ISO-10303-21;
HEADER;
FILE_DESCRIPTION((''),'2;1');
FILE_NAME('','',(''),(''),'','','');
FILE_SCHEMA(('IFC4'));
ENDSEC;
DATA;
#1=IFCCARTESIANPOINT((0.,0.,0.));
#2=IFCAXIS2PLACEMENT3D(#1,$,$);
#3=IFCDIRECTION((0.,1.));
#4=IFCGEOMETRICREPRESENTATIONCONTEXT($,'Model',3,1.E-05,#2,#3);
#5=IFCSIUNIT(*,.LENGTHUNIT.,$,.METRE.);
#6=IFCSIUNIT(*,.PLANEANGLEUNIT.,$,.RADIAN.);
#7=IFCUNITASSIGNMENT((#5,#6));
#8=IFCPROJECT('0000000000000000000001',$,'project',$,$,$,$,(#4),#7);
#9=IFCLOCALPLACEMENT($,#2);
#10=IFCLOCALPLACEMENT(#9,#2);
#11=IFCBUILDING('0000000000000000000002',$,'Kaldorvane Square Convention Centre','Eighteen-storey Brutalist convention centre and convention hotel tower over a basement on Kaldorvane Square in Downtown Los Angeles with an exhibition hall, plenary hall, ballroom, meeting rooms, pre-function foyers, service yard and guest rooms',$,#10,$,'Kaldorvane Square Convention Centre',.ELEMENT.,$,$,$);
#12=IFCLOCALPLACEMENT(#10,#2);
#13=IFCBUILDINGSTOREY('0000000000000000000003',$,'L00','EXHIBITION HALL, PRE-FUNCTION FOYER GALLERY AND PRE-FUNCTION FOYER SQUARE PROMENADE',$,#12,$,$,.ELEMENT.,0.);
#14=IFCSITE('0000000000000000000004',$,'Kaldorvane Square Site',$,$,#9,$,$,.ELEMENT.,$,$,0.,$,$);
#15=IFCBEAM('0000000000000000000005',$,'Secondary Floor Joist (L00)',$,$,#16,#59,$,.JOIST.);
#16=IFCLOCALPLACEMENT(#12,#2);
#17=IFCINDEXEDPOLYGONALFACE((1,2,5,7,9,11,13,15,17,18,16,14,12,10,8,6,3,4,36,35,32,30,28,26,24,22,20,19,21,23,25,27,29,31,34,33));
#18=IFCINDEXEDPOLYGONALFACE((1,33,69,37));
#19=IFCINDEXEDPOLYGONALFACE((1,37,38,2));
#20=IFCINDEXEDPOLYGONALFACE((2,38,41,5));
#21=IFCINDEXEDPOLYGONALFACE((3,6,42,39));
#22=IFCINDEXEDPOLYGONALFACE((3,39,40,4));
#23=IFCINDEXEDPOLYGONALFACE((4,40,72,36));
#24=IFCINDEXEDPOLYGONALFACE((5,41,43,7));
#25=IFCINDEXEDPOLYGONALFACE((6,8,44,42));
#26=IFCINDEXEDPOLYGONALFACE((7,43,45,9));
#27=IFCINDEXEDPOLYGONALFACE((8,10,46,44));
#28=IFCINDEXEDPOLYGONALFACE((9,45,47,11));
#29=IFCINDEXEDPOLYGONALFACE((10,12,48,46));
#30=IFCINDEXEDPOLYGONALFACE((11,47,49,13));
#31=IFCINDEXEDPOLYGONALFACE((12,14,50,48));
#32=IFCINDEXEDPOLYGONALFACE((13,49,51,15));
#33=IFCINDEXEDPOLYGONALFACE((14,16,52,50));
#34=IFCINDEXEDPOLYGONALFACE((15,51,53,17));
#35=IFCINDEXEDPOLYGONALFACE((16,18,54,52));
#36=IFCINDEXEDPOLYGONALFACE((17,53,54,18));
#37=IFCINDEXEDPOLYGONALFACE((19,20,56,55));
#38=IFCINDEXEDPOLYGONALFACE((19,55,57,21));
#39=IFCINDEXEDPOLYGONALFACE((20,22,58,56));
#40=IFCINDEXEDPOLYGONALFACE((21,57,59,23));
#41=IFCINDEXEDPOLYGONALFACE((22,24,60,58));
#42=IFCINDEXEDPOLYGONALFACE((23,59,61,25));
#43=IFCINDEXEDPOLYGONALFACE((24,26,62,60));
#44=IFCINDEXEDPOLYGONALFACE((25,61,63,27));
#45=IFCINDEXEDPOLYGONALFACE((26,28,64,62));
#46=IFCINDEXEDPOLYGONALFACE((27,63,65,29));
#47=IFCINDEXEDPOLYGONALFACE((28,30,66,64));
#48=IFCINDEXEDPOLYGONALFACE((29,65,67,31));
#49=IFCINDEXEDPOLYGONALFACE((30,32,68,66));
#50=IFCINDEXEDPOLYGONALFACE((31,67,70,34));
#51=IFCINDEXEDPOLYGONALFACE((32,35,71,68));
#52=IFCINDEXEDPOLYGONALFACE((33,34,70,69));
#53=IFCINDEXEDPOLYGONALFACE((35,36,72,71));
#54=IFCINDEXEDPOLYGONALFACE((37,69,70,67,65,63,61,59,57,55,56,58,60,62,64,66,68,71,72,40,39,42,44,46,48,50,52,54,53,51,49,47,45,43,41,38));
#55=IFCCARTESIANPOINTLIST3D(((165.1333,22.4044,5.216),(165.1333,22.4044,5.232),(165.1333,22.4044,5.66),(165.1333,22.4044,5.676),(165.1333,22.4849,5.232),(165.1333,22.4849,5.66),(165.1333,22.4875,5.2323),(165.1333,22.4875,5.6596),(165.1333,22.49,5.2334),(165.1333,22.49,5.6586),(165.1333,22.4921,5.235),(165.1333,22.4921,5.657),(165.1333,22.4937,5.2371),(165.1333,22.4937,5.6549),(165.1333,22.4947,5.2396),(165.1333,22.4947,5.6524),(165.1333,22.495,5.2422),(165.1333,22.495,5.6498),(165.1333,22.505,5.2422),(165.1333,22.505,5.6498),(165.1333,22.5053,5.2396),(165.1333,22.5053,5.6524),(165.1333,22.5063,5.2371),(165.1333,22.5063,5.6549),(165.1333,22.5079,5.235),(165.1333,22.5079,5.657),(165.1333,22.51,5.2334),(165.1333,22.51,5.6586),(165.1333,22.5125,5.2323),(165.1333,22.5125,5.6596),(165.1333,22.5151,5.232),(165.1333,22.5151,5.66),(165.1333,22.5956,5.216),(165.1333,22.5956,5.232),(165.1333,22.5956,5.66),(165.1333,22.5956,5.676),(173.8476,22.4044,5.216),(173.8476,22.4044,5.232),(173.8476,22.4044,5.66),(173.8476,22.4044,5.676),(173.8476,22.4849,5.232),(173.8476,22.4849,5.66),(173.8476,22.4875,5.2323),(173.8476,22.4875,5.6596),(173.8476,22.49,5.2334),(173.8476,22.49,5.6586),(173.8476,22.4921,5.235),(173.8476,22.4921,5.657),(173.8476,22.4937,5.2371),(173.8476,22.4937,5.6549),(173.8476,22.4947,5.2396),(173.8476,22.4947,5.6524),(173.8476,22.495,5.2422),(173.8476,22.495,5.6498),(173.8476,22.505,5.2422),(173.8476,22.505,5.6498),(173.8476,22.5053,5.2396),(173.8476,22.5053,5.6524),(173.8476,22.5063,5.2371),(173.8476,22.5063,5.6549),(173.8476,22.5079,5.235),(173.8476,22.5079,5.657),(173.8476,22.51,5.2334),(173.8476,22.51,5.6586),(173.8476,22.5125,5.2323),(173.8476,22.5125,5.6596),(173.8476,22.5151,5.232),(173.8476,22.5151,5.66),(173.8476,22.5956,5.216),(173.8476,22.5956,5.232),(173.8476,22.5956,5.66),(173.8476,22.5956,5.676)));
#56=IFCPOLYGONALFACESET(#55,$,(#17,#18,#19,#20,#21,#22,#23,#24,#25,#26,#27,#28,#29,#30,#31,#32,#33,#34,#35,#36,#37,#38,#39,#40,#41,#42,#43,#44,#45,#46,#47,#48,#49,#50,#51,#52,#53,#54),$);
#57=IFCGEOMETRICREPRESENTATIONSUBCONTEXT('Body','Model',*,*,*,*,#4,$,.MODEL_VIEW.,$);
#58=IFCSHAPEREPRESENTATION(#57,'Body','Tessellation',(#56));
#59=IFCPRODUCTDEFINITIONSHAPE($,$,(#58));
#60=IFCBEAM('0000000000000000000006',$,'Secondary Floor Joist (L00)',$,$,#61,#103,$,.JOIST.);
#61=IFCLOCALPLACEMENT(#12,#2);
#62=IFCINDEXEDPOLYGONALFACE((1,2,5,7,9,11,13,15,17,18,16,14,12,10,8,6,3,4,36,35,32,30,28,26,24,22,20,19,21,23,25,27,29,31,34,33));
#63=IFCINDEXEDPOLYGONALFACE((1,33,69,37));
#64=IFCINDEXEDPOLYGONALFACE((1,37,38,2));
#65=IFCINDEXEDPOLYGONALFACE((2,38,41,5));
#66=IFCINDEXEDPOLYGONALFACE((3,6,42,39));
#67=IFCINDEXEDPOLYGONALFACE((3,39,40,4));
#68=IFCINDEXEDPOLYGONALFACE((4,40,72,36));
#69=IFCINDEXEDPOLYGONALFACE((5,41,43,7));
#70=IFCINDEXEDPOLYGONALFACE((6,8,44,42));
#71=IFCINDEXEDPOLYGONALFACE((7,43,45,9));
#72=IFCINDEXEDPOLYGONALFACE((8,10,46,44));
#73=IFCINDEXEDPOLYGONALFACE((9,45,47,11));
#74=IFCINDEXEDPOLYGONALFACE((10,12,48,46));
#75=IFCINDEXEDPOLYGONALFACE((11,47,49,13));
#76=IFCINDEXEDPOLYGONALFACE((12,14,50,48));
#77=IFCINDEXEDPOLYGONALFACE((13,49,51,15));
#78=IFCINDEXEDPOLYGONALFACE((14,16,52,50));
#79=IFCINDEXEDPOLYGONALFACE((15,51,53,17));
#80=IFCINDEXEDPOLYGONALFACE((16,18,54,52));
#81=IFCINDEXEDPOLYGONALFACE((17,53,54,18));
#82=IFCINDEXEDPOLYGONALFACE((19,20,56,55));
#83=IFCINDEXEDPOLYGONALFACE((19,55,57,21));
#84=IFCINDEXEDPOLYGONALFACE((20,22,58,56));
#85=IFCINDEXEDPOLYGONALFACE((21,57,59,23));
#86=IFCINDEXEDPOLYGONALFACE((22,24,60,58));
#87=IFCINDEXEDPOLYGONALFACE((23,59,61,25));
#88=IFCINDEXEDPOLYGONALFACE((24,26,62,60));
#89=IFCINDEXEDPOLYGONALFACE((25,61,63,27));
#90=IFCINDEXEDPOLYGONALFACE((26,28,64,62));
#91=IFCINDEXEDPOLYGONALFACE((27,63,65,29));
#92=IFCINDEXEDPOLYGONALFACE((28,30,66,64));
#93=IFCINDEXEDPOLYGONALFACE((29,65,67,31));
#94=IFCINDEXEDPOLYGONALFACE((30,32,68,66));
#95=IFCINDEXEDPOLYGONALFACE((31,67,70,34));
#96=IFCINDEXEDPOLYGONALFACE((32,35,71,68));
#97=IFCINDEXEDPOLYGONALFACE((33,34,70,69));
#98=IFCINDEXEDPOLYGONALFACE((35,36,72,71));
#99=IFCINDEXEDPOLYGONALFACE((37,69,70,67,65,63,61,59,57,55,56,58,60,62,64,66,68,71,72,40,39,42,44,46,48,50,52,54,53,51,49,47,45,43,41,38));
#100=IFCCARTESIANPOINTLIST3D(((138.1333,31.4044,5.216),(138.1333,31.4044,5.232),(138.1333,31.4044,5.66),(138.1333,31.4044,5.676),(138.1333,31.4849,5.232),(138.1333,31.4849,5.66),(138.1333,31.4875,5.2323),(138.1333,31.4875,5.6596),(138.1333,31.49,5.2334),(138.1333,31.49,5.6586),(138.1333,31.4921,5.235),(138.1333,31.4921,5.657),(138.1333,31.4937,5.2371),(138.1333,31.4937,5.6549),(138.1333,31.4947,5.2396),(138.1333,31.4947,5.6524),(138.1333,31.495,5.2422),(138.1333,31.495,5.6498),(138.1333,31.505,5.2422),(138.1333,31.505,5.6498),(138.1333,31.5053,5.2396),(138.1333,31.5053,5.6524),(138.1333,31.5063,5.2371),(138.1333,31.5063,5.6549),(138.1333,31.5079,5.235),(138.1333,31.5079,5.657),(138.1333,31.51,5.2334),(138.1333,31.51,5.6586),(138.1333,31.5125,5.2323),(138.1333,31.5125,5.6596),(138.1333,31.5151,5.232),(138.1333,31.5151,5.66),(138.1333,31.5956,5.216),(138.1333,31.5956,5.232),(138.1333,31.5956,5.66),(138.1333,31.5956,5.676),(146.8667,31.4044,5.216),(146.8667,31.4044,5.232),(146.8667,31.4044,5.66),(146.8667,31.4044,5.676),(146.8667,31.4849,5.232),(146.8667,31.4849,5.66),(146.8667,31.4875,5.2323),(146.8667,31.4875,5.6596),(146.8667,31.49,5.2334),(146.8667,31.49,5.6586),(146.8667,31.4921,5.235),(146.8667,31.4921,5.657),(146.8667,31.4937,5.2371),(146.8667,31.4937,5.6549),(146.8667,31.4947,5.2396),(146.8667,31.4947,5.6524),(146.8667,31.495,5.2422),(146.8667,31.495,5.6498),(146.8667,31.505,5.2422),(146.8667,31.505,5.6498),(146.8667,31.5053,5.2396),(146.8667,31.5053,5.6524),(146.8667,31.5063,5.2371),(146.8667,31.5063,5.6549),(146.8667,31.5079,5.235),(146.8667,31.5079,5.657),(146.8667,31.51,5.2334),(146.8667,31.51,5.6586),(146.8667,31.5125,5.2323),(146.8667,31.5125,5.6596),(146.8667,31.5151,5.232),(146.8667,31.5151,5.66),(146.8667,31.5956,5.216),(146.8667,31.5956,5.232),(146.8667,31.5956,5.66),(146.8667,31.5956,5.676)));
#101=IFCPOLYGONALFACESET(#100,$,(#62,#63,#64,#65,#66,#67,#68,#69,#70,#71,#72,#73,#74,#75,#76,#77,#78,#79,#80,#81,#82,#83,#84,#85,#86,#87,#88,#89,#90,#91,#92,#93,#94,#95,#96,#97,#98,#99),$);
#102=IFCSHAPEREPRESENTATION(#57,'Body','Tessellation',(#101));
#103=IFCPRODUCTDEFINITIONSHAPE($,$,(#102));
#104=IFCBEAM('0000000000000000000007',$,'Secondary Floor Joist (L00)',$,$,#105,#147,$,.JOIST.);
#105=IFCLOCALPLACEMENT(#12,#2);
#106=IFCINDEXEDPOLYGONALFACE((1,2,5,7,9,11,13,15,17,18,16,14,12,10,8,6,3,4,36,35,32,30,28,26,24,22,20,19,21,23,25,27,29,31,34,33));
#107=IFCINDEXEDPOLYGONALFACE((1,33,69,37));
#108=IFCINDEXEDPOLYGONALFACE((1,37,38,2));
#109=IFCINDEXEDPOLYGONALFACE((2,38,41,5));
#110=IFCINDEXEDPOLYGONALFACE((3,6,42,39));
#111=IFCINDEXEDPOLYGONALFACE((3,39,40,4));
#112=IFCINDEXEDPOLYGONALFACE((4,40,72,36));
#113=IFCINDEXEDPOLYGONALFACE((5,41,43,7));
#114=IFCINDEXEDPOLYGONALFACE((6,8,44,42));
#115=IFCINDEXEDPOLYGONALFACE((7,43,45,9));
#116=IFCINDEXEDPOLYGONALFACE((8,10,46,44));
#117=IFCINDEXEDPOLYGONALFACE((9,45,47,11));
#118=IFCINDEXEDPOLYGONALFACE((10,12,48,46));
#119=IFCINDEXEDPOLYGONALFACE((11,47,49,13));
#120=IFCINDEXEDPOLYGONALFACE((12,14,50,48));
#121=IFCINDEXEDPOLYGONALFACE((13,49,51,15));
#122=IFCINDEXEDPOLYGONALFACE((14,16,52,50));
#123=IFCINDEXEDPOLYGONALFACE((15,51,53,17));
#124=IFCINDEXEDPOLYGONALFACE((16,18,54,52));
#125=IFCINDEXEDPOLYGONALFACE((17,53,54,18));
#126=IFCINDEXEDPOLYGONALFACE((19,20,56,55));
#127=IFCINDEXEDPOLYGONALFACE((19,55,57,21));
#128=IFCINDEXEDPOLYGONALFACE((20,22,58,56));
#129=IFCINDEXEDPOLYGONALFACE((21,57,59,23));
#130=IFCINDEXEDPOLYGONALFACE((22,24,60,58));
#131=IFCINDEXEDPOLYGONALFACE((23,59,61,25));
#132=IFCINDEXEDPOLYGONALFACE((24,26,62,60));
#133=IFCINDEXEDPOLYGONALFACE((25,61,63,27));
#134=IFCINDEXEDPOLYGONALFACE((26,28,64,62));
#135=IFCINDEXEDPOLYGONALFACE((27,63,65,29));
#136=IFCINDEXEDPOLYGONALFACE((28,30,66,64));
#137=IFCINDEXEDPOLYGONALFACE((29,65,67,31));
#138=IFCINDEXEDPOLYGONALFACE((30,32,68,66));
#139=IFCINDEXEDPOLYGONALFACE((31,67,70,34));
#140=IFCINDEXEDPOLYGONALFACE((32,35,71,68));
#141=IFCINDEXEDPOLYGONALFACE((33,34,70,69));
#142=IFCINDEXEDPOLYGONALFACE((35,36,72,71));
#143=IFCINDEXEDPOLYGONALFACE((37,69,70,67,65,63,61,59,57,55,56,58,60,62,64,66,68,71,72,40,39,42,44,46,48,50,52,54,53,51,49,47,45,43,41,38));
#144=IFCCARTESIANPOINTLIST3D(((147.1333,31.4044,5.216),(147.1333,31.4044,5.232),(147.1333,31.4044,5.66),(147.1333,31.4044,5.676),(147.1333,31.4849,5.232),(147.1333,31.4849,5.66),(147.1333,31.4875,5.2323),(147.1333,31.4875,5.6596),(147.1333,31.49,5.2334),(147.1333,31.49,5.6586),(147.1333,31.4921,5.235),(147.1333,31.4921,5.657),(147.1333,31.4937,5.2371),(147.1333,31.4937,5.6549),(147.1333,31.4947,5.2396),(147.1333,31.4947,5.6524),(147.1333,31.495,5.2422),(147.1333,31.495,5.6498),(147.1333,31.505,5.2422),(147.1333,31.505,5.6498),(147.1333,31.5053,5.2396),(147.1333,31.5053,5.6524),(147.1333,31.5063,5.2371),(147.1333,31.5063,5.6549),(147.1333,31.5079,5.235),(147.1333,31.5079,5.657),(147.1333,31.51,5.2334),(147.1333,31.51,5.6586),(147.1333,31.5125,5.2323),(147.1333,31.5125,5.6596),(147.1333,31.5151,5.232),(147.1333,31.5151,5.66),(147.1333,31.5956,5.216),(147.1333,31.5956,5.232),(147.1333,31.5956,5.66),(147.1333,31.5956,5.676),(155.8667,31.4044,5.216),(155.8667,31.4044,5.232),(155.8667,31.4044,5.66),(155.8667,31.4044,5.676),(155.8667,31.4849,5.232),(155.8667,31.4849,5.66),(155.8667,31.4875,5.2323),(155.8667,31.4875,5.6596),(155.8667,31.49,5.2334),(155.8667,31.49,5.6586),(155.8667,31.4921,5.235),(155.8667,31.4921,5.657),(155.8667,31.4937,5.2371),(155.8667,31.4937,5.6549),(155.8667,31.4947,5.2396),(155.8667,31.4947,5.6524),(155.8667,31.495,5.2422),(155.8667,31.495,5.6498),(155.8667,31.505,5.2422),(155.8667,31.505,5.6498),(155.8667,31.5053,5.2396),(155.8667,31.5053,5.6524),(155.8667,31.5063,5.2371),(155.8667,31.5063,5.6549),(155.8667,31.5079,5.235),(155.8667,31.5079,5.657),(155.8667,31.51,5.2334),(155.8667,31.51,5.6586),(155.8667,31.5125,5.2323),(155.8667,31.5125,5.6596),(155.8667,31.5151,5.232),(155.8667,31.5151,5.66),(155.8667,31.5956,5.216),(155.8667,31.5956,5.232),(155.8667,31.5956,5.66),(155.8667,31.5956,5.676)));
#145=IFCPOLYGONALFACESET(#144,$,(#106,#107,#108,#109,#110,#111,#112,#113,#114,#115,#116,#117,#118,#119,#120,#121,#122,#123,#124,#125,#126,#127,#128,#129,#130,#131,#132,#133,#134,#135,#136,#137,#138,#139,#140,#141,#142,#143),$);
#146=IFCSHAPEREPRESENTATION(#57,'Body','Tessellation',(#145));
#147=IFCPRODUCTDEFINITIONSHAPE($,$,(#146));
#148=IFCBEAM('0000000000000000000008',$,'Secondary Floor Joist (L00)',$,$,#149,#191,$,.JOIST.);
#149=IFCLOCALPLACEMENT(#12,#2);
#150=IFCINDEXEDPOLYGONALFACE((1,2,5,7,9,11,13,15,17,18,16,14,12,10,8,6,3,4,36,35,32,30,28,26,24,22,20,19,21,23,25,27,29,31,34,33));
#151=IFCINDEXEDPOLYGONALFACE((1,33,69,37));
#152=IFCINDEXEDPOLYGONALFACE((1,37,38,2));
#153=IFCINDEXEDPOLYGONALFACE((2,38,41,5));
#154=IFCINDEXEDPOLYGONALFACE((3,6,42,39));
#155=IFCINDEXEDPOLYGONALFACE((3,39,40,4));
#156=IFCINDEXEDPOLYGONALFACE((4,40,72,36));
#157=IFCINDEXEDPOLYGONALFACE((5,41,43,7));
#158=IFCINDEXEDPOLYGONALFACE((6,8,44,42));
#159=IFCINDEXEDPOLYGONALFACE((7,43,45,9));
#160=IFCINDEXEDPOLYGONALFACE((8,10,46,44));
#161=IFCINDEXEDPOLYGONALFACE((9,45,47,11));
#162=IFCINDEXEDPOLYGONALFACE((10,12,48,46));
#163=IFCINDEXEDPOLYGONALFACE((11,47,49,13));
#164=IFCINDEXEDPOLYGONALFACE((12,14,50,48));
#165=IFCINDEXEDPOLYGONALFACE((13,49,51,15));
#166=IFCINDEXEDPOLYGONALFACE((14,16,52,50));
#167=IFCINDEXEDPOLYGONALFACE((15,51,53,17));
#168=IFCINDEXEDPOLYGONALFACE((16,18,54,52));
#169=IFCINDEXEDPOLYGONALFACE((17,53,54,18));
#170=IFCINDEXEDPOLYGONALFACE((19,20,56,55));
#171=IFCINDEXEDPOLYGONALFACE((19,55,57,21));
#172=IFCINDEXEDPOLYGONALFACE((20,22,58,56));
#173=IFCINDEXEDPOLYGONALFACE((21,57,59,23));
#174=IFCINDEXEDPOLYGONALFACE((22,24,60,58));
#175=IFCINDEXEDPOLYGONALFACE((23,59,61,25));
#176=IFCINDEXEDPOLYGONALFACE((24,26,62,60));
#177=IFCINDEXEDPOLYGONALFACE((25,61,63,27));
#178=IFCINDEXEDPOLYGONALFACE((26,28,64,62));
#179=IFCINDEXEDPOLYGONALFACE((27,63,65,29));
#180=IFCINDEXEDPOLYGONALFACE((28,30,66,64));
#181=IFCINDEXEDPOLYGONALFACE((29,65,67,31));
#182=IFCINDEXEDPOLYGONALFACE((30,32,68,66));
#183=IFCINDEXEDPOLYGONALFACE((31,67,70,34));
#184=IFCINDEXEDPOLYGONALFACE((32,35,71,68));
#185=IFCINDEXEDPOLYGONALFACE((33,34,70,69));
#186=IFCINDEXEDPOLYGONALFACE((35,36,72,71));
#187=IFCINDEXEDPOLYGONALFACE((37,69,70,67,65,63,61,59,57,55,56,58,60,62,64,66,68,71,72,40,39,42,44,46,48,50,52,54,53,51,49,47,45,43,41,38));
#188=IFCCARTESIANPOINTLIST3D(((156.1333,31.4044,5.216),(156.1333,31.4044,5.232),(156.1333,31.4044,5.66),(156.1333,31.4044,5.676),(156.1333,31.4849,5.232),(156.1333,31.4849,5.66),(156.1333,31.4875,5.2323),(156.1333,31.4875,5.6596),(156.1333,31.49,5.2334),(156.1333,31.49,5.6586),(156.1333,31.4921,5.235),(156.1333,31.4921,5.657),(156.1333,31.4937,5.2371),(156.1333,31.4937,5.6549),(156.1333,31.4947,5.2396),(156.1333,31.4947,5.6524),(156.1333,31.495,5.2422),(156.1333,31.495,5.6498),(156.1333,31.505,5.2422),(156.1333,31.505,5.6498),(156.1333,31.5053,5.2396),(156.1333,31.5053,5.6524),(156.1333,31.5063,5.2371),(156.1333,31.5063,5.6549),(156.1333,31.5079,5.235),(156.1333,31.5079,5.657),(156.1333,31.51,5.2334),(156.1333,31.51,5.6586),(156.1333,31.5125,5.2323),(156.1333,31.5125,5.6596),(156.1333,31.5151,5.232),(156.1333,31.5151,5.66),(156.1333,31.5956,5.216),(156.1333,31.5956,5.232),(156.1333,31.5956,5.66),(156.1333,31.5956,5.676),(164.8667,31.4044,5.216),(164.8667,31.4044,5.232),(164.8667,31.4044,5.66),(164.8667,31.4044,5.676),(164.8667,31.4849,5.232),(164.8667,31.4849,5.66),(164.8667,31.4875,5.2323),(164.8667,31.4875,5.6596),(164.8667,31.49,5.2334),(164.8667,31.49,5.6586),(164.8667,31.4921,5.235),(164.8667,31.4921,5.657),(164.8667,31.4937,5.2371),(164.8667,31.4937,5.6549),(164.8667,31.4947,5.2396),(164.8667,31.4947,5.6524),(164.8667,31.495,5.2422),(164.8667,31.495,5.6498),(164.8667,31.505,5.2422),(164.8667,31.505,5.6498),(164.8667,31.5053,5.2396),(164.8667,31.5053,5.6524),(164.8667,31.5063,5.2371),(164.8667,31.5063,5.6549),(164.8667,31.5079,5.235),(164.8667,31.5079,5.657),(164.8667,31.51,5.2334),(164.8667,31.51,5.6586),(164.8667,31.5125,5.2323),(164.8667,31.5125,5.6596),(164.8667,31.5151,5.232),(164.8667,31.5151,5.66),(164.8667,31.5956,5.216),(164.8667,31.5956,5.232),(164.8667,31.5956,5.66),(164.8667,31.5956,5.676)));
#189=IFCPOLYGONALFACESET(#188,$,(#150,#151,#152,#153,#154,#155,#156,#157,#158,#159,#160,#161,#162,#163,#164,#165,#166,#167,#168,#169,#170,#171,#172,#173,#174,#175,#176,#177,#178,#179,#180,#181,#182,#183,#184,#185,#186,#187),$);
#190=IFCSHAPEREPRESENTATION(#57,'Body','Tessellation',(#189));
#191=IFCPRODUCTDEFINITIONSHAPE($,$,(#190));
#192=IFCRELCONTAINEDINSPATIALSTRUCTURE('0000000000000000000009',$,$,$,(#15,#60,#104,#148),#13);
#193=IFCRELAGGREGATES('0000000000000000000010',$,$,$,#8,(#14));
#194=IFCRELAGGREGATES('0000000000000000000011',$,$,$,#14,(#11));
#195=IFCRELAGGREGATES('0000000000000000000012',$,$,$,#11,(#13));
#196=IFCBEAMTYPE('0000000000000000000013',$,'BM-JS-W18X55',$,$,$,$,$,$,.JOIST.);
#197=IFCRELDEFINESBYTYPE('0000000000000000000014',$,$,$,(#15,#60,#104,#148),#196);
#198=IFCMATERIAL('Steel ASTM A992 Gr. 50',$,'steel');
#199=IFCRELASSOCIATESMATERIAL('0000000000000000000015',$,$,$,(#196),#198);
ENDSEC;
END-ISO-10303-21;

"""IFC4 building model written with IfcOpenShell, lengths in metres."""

from ifc_helpers import new_model, si_unit, direction, frame, origin, origin_2d, place, context, subcontext, project, spatial, i_section, extrude, material, material_profile, profile_set, type_object, element, save


model = new_model("IFC4")

# Units and contexts
model_context = context("Model", 3, precision=1e-05, world=origin(), true_north=direction((0.0, 1.0)))
body_context = subcontext(model_context, "Body", "Model", "MODEL_VIEW")
ifc_project = project(units=[si_unit("LENGTHUNIT", "METRE"), si_unit("PLANEANGLEUNIT", "RADIAN")], contexts=[model_context])

# Site, building, storey
site_placement = place(None, origin())
site = spatial("IfcSite", under=ifc_project, at=site_placement, Name="Kaldorvane Square Site", CompositionType="ELEMENT", RefElevation=0.0)
building_placement = place(site_placement, origin())
building = spatial("IfcBuilding", under=site, at=building_placement, Name="Kaldorvane Square Convention Centre", Description="Eighteen-storey Brutalist convention centre and convention hotel tower over a basement on Kaldorvane Square in Downtown Los Angeles with an exhibition hall, plenary hall, ballroom, meeting rooms, pre-function foyers, service yard and guest rooms", LongName="Kaldorvane Square Convention Centre", CompositionType="ELEMENT")
storey_placement = place(building_placement, origin())
storey = spatial("IfcBuildingStorey", under=building, at=storey_placement, Name="L00", Description="EXHIBITION HALL, PRE-FUNCTION FOYER GALLERY AND PRE-FUNCTION FOYER SQUARE PROMENADE", CompositionType="ELEMENT", Elevation=0.0)

# Shared definitions
ifc_material_1 = material(Name="Steel ASTM A992 Gr. 50", Category="steel")

# Beams
ifc_material_profile_1 = material_profile(ifc_material_1, i_section(OverallWidth=0.1913, OverallDepth=0.46, WebThickness=0.0099, FlangeThickness=0.016, FilletRadius=0.0102, at=origin_2d()), Name="W18X55")
ifc_profile_set_1 = profile_set([ifc_material_profile_1], Name="Steel ASTM A992 Gr. 50")
beam_type_1 = type_object("IfcBeamType", Name="BM-JS-W18X55", PredefinedType="JOIST", material=ifc_profile_set_1)
beam_1_placement = place(storey_placement, frame((165.1333, 22.5, 5.446), z_axis=(1.0, 0.0, 0.0), x_axis=(0.0, 1.0, 0.0)))
element("IfcBeam", 1, at=beam_1_placement, inside=storey, type_object=beam_type_1, Name="Secondary Floor Joist (L00)", PredefinedType="JOIST", context=body_context, shape_type="SweptSolid", body=[
    extrude(i_section(OverallWidth=0.1913, OverallDepth=0.46, WebThickness=0.0099, FlangeThickness=0.016, FilletRadius=0.0102, at=origin_2d()), origin(), (0.0, 0.0, 1.0), 8.7143),
])
for number, where, z_axis, x_axis, name in (
    (2, (138.1333, 31.5, 5.446), (1.0, 0.0, 0.0), (0.0, 1.0, 0.0), "Secondary Floor Joist (L00)"),
    (3, (147.1333, 31.5, 5.446), (1.0, 0.0, 0.0), (0.0, 1.0, 0.0), "Secondary Floor Joist (L00)"),
    (4, (156.1333, 31.5, 5.446), (1.0, 0.0, 0.0), (0.0, 1.0, 0.0), "Secondary Floor Joist (L00)"),
):
    element("IfcBeam", number, at=place(storey_placement, frame(where, z_axis=z_axis, x_axis=x_axis)), inside=storey, type_object=beam_type_1, Name=name, PredefinedType="JOIST", context=body_context, shape_type="SweptSolid", body=[
        extrude(i_section(OverallWidth=0.1913, OverallDepth=0.46, WebThickness=0.0099, FlangeThickness=0.016, FilletRadius=0.0102, at=origin_2d()), origin(), (0.0, 0.0, 1.0), 8.7334),
    ])

save(model, "model.ifc")
